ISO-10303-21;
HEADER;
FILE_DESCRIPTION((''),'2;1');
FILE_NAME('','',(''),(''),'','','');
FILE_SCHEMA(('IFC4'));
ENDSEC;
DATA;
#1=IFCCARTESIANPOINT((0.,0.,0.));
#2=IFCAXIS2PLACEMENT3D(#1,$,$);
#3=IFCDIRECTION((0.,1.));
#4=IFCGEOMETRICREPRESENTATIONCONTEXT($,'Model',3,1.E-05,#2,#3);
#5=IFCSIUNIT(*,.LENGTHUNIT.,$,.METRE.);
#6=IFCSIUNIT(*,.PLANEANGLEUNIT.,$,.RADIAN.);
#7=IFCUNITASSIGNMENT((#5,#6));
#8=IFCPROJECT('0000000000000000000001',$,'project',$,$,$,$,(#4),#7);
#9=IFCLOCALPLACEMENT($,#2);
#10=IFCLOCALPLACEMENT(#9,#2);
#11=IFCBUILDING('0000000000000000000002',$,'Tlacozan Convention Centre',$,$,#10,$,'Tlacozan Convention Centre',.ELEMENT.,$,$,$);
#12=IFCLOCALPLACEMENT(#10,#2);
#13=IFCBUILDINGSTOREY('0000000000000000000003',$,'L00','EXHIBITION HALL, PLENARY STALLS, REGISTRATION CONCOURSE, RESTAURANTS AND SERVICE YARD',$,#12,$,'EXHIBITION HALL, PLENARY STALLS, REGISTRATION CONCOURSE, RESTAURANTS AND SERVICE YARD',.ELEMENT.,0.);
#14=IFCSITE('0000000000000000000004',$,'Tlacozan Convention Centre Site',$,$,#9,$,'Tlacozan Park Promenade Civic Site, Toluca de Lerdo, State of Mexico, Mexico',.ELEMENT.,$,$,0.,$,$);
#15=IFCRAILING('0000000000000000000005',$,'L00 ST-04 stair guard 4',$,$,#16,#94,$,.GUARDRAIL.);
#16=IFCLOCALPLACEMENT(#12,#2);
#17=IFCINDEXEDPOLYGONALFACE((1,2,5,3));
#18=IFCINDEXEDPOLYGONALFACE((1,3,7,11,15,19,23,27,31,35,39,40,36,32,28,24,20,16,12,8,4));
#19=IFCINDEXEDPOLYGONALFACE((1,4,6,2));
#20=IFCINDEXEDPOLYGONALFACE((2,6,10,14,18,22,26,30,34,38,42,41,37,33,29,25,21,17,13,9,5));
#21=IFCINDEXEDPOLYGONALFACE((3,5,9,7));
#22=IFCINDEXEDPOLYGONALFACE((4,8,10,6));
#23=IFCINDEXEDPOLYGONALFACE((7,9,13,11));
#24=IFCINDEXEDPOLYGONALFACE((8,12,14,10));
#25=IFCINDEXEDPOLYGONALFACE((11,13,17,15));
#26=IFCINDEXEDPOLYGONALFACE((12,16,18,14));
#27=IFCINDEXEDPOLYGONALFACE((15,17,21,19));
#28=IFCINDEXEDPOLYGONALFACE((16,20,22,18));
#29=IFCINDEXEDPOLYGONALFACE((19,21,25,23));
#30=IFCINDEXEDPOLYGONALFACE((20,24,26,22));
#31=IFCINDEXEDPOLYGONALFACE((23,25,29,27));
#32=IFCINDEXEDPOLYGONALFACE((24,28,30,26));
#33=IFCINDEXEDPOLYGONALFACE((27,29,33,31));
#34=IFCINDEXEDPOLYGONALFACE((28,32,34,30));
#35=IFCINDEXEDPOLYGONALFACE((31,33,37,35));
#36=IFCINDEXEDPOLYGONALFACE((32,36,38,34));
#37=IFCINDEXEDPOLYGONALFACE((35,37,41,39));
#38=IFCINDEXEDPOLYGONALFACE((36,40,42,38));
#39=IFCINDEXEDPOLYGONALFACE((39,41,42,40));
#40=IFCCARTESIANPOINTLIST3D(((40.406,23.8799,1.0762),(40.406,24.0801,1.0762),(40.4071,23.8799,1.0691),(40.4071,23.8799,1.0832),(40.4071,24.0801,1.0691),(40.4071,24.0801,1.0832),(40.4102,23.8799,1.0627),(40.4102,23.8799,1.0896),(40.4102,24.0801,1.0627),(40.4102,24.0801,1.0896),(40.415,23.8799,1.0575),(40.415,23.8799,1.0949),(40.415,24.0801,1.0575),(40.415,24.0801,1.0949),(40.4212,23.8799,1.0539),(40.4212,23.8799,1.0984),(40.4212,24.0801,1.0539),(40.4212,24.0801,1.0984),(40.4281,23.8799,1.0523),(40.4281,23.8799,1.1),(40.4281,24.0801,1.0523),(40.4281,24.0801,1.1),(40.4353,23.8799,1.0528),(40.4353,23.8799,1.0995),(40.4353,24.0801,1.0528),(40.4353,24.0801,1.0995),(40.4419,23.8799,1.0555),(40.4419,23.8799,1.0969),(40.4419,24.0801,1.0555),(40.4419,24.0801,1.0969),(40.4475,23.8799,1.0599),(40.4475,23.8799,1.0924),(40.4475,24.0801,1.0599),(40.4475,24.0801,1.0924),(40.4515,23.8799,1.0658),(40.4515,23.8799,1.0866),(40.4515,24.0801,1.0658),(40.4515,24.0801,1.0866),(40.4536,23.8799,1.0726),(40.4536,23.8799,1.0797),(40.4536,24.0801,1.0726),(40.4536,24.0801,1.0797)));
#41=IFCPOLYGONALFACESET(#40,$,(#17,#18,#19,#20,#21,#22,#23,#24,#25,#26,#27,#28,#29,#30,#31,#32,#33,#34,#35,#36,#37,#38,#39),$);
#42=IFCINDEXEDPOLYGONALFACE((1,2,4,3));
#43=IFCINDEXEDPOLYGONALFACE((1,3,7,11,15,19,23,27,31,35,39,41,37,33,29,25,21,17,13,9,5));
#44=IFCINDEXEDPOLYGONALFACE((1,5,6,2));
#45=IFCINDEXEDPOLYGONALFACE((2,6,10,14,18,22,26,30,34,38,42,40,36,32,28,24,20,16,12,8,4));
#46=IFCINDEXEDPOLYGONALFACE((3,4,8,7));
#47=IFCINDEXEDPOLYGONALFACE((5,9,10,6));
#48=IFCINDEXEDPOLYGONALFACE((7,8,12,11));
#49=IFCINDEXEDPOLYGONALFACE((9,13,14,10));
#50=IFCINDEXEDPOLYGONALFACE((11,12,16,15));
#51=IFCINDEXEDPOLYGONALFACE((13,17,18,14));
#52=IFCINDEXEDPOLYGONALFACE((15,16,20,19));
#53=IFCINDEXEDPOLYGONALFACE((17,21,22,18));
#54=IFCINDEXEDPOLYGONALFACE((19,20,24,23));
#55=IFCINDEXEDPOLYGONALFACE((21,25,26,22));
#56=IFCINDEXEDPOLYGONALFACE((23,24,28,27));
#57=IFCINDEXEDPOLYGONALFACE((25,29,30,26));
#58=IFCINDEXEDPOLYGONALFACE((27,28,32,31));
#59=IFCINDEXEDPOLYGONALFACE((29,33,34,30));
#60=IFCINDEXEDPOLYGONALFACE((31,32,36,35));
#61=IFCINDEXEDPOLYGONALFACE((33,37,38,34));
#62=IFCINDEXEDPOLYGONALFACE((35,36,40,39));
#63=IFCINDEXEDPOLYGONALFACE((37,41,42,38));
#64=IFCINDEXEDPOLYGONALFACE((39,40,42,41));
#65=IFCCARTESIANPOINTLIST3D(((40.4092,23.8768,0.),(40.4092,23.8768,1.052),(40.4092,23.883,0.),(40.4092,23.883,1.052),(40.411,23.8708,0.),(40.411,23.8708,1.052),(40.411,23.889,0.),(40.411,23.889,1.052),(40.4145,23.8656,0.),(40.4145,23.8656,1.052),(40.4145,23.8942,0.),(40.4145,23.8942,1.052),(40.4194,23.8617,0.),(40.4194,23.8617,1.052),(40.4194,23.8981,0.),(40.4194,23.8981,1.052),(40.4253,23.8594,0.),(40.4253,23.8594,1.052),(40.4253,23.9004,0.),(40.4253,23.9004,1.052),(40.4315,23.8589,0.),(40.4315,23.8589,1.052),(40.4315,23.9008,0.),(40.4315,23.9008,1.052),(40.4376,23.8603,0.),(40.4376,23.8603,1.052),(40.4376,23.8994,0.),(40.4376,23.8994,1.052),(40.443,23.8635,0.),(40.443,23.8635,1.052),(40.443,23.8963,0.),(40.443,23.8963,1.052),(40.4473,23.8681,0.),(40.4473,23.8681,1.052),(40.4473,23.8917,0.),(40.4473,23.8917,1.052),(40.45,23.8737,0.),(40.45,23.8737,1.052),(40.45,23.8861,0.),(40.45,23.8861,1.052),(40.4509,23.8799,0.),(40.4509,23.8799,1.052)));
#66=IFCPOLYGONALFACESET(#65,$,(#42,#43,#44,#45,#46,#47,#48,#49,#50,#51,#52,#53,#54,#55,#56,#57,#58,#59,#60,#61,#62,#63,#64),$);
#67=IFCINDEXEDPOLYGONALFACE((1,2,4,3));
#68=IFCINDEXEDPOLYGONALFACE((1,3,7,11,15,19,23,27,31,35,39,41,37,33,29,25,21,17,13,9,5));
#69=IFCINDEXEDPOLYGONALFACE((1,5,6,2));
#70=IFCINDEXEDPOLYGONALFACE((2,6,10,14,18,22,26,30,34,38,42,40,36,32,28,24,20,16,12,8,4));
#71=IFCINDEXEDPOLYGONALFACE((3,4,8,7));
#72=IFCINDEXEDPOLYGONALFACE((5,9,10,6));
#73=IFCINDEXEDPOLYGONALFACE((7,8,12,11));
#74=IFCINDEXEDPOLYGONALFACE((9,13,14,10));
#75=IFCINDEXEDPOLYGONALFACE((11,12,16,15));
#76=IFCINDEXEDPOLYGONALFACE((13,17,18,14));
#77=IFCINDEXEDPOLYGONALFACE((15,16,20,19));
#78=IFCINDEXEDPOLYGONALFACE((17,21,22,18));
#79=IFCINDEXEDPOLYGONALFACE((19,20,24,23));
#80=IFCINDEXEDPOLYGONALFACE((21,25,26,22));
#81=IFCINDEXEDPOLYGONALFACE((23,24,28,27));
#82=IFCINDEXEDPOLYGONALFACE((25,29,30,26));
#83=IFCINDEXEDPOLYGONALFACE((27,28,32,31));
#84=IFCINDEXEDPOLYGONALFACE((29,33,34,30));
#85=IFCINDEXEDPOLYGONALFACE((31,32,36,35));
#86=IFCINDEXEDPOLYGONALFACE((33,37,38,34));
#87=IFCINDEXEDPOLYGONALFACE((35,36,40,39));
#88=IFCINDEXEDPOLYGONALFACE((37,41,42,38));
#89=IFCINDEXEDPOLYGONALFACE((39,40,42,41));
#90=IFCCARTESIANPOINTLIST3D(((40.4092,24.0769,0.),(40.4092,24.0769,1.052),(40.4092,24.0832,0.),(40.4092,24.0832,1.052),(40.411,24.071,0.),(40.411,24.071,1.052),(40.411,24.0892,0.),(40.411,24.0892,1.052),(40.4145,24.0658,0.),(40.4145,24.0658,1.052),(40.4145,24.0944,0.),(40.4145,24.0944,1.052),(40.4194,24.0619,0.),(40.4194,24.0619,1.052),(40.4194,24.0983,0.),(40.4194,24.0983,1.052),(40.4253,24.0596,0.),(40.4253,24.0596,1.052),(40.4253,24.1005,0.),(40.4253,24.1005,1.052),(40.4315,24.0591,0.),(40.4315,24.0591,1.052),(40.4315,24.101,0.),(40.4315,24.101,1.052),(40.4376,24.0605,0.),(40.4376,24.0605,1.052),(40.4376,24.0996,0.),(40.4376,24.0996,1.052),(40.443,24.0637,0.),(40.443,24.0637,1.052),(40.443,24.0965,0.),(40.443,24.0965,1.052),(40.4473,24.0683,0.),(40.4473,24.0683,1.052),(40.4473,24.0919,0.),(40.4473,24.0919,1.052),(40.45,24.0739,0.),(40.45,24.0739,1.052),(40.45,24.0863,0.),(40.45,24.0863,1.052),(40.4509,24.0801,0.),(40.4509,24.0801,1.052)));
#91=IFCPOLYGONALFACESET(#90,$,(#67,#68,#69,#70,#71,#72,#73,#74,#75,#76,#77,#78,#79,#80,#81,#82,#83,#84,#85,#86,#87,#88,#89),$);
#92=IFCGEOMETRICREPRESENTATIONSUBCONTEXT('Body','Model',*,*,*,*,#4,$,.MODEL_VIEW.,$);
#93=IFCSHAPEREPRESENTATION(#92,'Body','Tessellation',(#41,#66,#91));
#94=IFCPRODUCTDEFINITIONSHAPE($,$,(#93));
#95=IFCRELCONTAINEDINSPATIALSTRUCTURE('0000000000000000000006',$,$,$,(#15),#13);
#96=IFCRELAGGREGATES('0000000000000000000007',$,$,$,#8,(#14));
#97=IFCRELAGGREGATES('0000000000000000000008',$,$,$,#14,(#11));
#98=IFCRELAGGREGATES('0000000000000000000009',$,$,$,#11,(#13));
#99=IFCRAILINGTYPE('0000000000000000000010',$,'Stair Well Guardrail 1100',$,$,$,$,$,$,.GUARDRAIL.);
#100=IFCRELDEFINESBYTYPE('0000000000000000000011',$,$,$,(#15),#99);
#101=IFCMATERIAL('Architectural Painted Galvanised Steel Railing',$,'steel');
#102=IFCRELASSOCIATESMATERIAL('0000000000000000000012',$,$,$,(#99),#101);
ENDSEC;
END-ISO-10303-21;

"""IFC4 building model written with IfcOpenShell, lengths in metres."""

from ifc_helpers import new_model, si_unit, direction, frame, origin, origin_2d, place, context, subcontext, project, spatial, circle, extrude, material, type_object, element, save


model = new_model("IFC4")

# Units and contexts
model_context = context("Model", 3, precision=1e-05, world=origin(), true_north=direction((0.0, 1.0)))
body_context = subcontext(model_context, "Body", "Model", "MODEL_VIEW")
ifc_project = project(units=[si_unit("LENGTHUNIT", "METRE"), si_unit("PLANEANGLEUNIT", "RADIAN")], contexts=[model_context])

# Site, building, storey
site_placement = place(None, origin())
site = spatial("IfcSite", under=ifc_project, at=site_placement, Name="Tlacozan Convention Centre Site", LongName="Tlacozan Park Promenade Civic Site, Toluca de Lerdo, State of Mexico, Mexico", CompositionType="ELEMENT", RefElevation=0.0)
building_placement = place(site_placement, origin())
building = spatial("IfcBuilding", under=site, at=building_placement, Name="Tlacozan Convention Centre", LongName="Tlacozan Convention Centre", CompositionType="ELEMENT")
storey_placement = place(building_placement, origin())
storey = spatial("IfcBuildingStorey", under=building, at=storey_placement, Name="L00", Description="EXHIBITION HALL, PLENARY STALLS, REGISTRATION CONCOURSE, RESTAURANTS AND SERVICE YARD", LongName="EXHIBITION HALL, PLENARY STALLS, REGISTRATION CONCOURSE, RESTAURANTS AND SERVICE YARD", CompositionType="ELEMENT", Elevation=0.0)

# Railing
ifc_material_1 = material(Name="Architectural Painted Galvanised Steel Railing", Category="steel")
railing_type_1 = type_object("IfcRailingType", Name="Stair Well Guardrail 1100", PredefinedType="GUARDRAIL", material=ifc_material_1)
railing_1_placement = place(storey_placement, frame((40.4299, 23.8799, 0.0)))
element("IfcRailing", 1, at=railing_1_placement, inside=storey, type_object=railing_type_1, Name="L00 ST-04 stair guard 4", PredefinedType="GUARDRAIL", context=body_context, shape_type="SweptSolid", body=[
    extrude(circle(Radius=0.0239, at=origin_2d()), frame((0.0, 0.0, 1.0762), z_axis=(0.0, 1.0, 0.0), x_axis=(-1.0, 0.0, 0.0)), (0.0, 0.0, 1.0), 0.2002),
    extrude(circle(Radius=0.021, at=origin_2d()), origin(), (0.0, 0.0, 1.0), 1.052),
    extrude(circle(Radius=0.021, at=origin_2d()), frame((0.0, 0.2002, 0.0)), (0.0, 0.0, 1.0), 1.052),
])

save(model, "model.ifc")
